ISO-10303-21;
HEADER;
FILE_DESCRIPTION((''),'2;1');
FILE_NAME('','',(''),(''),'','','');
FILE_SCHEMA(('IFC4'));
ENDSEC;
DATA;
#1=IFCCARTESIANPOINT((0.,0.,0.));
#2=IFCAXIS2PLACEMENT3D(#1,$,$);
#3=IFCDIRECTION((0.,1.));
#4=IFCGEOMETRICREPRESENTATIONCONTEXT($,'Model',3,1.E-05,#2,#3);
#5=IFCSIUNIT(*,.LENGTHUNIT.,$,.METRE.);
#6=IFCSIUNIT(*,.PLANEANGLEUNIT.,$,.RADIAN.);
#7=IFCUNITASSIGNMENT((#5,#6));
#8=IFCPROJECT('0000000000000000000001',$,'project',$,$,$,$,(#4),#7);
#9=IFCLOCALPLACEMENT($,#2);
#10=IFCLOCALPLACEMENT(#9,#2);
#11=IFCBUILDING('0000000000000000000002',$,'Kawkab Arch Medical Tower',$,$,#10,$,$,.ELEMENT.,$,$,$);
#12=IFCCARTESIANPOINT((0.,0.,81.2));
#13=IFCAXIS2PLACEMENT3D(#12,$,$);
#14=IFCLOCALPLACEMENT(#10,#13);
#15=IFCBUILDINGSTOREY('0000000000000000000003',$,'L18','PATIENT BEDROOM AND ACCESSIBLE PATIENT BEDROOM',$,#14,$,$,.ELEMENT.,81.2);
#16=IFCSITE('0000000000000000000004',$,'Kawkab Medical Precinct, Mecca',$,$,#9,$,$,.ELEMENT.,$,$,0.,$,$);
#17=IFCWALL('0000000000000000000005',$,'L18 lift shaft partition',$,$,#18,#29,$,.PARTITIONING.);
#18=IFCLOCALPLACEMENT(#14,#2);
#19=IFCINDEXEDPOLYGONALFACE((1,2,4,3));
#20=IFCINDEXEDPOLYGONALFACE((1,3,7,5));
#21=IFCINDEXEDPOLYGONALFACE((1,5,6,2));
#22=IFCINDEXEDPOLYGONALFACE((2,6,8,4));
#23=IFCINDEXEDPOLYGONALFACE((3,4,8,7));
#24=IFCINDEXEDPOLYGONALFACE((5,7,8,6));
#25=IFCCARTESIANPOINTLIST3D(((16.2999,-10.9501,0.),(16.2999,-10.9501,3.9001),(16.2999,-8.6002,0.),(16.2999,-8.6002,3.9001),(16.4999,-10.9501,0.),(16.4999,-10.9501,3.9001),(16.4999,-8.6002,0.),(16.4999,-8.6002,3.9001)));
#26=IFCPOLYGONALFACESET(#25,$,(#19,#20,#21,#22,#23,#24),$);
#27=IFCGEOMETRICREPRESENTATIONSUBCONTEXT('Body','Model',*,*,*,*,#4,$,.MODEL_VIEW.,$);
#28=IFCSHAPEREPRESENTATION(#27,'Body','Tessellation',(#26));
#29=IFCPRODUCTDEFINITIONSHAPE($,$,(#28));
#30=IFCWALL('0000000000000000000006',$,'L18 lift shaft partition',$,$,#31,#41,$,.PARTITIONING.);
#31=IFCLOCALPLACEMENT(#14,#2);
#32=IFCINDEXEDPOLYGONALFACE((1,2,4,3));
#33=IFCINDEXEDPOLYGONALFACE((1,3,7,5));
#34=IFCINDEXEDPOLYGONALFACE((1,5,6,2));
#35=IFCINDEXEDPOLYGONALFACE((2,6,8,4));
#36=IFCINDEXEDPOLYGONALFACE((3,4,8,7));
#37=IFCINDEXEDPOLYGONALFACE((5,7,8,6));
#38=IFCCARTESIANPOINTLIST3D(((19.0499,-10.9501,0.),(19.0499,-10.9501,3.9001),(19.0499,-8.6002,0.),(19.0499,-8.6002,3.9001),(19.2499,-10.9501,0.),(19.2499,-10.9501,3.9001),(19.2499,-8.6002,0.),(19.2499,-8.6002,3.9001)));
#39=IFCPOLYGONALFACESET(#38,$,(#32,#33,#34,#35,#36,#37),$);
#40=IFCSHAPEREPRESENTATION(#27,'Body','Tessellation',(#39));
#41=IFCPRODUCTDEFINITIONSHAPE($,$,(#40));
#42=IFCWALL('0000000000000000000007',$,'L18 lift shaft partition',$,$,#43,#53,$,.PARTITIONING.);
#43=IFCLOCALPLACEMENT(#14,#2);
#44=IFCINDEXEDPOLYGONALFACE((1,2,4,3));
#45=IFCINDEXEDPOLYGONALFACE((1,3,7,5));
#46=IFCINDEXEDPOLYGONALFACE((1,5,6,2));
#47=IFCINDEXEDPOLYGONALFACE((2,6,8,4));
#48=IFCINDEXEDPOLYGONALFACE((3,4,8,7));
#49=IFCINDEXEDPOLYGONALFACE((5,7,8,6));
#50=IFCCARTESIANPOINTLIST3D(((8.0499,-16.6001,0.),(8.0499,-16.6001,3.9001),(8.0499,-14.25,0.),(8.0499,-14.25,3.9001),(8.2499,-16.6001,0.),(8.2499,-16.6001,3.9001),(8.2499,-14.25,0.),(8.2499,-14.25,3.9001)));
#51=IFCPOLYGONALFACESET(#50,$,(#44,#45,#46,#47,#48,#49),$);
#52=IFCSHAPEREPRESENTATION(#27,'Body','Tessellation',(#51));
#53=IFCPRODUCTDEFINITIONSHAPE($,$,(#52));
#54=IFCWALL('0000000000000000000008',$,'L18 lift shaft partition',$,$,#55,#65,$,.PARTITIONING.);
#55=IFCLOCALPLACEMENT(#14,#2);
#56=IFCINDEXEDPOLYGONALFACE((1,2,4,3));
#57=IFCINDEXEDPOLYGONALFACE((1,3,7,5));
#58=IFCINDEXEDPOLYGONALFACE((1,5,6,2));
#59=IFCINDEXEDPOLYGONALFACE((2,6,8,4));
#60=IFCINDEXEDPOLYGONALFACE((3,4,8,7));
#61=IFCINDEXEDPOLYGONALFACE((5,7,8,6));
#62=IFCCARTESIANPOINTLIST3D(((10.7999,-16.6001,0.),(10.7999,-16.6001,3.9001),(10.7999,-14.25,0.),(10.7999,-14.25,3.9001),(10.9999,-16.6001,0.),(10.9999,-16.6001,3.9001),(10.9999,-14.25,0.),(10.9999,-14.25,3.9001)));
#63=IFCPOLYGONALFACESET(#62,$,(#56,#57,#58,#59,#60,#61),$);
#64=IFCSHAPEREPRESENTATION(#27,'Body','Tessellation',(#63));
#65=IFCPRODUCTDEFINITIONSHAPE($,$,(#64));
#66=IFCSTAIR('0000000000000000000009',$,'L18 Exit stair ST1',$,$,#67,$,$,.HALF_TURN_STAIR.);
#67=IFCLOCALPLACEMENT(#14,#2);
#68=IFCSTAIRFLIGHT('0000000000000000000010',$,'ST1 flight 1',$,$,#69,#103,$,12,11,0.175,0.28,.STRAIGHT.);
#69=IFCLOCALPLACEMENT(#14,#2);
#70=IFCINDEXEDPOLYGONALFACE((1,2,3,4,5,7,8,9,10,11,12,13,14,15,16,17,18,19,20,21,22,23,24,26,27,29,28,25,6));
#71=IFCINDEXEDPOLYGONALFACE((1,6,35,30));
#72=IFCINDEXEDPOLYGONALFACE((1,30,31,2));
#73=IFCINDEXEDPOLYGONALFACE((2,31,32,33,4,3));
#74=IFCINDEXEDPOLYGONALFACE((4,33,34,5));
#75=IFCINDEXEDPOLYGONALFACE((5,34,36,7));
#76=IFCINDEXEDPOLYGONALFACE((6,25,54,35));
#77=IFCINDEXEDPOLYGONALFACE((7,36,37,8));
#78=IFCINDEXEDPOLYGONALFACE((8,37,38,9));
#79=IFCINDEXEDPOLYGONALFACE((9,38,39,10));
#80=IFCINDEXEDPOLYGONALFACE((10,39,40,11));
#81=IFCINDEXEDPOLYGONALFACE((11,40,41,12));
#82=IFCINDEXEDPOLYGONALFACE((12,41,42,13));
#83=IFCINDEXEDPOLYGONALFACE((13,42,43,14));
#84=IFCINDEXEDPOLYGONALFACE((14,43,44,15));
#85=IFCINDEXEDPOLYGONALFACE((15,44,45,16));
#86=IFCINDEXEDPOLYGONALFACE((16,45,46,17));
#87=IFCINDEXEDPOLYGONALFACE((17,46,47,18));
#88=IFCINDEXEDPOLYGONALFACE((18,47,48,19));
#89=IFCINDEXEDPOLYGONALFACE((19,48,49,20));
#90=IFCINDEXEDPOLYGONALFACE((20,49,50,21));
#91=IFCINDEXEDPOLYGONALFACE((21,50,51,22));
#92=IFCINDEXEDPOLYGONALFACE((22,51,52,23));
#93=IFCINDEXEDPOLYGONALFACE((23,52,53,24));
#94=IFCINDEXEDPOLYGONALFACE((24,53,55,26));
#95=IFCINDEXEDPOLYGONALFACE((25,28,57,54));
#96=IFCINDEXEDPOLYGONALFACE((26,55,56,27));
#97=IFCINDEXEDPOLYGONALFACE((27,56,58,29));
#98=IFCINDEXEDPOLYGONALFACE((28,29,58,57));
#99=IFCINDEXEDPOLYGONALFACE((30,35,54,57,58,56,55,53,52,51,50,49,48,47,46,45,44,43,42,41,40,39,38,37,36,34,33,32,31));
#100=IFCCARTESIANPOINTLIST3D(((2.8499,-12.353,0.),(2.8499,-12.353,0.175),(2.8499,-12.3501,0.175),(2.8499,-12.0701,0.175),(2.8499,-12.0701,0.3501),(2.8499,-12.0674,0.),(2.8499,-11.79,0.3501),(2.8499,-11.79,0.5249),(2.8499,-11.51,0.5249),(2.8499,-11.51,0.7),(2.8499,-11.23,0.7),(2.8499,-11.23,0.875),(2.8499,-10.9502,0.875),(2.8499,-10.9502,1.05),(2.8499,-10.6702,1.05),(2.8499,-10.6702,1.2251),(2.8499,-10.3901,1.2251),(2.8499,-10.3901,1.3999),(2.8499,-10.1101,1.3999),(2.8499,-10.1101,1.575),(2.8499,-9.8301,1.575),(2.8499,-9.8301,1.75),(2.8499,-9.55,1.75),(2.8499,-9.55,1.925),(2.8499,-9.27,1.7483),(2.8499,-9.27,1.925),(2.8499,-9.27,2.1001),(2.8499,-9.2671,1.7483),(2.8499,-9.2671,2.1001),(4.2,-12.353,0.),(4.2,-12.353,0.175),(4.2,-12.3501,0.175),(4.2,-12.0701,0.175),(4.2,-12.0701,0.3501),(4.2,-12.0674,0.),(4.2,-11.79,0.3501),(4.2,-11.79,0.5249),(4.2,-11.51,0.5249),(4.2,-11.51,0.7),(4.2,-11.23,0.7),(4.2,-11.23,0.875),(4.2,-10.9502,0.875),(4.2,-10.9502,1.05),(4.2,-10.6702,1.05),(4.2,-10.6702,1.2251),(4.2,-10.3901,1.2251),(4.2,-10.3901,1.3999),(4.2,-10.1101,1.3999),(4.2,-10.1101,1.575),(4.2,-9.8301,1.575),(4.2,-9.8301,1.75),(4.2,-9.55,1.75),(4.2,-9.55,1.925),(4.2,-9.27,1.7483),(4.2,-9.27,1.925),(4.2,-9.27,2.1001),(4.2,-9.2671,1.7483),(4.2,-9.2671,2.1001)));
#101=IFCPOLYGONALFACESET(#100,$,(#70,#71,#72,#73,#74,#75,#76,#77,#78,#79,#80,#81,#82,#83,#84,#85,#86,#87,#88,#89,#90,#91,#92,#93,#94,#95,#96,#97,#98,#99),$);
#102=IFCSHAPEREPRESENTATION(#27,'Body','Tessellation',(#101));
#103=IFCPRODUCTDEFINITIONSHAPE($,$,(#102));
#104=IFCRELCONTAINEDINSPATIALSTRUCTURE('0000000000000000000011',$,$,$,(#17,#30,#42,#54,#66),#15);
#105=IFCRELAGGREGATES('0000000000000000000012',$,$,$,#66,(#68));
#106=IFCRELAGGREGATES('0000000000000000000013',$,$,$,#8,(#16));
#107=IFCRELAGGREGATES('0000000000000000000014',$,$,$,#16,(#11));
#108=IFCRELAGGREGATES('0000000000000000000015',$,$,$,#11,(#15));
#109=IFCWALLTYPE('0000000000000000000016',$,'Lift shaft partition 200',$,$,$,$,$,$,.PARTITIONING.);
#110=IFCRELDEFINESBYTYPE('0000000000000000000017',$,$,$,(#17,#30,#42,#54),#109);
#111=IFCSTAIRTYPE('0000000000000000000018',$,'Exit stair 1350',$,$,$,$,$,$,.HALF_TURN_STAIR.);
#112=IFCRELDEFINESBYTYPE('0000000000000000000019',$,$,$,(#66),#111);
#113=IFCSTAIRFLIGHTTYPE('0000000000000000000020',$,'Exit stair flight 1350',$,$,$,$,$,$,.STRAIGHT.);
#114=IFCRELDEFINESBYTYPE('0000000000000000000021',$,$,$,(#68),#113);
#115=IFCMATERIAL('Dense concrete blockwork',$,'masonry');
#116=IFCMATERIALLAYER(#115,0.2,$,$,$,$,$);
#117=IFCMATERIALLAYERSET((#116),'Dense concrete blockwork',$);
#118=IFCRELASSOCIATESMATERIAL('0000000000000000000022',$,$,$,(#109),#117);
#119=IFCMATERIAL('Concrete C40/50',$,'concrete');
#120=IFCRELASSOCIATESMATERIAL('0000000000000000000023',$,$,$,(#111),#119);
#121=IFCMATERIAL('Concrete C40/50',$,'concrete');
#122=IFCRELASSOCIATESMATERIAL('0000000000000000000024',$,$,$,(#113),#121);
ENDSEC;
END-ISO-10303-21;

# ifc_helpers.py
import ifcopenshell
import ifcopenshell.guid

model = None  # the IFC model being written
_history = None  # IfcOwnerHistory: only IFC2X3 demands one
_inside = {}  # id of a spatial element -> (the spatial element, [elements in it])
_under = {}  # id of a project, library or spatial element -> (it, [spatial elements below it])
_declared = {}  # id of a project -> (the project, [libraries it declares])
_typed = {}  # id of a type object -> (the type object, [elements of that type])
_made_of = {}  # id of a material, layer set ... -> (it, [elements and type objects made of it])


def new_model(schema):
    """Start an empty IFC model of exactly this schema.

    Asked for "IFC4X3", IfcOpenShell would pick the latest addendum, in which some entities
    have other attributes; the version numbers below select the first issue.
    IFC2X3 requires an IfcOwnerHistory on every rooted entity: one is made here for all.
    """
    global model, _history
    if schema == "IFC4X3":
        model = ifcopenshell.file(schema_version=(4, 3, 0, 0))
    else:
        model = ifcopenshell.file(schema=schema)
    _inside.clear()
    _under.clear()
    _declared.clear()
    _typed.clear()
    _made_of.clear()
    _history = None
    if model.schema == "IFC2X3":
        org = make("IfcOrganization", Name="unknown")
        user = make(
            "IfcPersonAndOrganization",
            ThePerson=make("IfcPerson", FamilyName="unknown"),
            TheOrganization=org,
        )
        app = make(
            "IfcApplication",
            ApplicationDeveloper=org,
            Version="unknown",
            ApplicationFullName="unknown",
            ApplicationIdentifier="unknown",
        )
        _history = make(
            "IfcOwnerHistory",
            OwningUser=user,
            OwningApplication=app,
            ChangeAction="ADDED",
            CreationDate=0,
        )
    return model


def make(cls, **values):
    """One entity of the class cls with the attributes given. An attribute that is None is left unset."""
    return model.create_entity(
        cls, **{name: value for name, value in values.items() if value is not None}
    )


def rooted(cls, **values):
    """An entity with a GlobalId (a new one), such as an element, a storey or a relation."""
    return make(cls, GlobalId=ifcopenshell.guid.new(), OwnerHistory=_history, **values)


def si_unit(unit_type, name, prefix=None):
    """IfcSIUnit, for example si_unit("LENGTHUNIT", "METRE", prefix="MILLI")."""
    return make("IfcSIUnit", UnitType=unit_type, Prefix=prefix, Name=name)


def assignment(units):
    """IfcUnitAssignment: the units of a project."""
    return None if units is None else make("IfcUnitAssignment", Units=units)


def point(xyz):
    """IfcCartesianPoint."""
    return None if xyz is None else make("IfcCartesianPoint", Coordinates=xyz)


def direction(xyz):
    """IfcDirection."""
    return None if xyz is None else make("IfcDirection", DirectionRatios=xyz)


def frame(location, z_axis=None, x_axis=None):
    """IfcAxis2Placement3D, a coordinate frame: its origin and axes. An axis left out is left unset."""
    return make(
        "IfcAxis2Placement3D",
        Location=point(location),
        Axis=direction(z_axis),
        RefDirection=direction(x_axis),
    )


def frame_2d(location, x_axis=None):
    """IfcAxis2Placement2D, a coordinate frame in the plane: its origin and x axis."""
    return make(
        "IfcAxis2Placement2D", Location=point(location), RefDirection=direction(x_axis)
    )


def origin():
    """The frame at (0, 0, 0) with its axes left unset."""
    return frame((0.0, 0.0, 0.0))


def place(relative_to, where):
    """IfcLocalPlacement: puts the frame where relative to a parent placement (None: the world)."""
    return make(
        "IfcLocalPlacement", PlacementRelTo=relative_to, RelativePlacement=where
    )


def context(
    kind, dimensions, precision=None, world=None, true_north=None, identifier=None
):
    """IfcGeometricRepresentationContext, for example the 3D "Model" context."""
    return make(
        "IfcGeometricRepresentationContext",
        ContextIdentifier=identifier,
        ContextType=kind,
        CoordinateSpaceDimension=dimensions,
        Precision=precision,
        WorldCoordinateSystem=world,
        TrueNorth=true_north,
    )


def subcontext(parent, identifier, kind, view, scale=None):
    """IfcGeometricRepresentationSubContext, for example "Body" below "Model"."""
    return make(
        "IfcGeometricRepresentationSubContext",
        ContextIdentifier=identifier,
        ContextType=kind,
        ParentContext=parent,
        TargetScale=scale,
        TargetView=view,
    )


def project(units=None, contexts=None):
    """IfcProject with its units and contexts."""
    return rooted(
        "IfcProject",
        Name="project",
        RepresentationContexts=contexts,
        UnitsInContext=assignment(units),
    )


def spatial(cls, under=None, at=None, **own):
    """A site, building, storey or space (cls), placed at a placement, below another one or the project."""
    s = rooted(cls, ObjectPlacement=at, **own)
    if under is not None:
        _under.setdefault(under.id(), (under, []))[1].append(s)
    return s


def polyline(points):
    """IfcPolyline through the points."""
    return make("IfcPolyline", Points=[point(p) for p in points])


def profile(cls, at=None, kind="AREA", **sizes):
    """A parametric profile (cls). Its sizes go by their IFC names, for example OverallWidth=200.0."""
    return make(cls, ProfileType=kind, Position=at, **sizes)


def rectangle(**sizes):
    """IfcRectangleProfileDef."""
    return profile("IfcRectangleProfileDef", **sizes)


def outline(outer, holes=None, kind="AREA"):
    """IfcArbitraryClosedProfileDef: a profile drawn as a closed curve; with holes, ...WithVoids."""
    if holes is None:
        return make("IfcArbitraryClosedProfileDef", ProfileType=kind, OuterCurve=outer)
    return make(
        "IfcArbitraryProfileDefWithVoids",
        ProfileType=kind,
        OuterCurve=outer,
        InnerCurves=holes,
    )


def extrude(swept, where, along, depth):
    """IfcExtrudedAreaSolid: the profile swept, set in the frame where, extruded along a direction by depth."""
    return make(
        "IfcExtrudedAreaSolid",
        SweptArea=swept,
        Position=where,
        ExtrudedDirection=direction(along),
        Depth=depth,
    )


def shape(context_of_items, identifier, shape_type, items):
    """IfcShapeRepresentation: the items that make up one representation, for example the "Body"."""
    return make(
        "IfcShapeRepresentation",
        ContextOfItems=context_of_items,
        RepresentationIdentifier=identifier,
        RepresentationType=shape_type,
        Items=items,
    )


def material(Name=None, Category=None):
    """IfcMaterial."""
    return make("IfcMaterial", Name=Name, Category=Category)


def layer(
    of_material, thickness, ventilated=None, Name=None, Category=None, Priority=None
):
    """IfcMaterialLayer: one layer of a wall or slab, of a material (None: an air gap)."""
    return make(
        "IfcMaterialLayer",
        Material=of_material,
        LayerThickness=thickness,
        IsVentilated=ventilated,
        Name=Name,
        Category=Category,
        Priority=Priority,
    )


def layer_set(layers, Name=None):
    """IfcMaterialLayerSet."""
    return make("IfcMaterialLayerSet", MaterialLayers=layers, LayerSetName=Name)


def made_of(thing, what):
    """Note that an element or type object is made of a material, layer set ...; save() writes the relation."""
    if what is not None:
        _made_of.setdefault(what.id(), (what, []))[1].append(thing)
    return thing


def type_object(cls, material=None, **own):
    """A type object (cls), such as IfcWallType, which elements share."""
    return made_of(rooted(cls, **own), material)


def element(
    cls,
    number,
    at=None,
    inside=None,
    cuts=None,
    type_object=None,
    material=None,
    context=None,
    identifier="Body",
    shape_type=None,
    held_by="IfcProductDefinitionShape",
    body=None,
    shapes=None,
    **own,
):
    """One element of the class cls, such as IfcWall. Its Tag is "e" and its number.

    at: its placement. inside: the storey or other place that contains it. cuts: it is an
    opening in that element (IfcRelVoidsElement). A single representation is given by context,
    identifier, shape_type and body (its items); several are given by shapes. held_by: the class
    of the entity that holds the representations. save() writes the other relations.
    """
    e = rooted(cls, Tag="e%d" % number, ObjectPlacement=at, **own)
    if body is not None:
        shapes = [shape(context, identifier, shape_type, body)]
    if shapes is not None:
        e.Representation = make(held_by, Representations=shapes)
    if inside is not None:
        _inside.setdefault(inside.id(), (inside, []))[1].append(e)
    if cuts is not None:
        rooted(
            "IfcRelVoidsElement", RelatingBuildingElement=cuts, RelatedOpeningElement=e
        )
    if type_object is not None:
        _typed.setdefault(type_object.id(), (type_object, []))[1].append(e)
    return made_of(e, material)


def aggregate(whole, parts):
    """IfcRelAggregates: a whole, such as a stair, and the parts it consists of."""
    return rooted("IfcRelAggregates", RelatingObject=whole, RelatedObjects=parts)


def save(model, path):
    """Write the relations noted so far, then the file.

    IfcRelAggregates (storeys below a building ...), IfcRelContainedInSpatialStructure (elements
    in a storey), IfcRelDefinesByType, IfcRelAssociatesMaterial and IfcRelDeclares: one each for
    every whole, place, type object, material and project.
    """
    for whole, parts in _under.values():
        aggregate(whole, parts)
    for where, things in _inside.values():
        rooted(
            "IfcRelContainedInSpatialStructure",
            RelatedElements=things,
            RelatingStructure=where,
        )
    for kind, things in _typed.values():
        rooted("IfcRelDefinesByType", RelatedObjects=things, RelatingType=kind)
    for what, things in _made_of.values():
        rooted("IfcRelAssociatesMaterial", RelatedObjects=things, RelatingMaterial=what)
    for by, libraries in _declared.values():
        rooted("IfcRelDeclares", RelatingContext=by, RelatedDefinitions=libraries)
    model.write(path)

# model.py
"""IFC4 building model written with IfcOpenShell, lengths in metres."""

from ifc_helpers import new_model, si_unit, direction, frame, frame_2d, origin, place, context, subcontext, project, spatial, polyline, rectangle, outline, extrude, material, layer, layer_set, type_object, element, aggregate, save


model = new_model("IFC4")

# Units and contexts
model_context = context("Model", 3, precision=1e-05, world=origin(), true_north=direction((0.0, 1.0)))
body_context = subcontext(model_context, "Body", "Model", "MODEL_VIEW")
ifc_project = project(units=[si_unit("LENGTHUNIT", "METRE"), si_unit("PLANEANGLEUNIT", "RADIAN")], contexts=[model_context])

# Site, building, storey
site_placement = place(None, origin())
site = spatial("IfcSite", under=ifc_project, at=site_placement, Name="Kawkab Medical Precinct, Mecca", CompositionType="ELEMENT", RefElevation=0.0)
building_placement = place(site_placement, origin())
building = spatial("IfcBuilding", under=site, at=building_placement, Name="Kawkab Arch Medical Tower", CompositionType="ELEMENT")
storey_placement = place(building_placement, frame((0.0, 0.0, 81.2)))
storey = spatial("IfcBuildingStorey", under=building, at=storey_placement, Name="L18", Description="PATIENT BEDROOM AND ACCESSIBLE PATIENT BEDROOM", CompositionType="ELEMENT", Elevation=81.2)

# Walls
ifc_material_1 = material(Name="Dense concrete blockwork", Category="masonry")
ifc_layer_1 = layer(ifc_material_1, 0.2)
ifc_layer_set_1 = layer_set([ifc_layer_1], Name="Dense concrete blockwork")
wall_type_1 = type_object("IfcWallType", Name="Lift shaft partition 200", PredefinedType="PARTITIONING", material=ifc_layer_set_1)
for number, where, z_axis, x_axis, name in (
    (1, (16.3999, -10.95, 0.0), (0.0, 0.0, 1.0), (0.0, 1.0, 0.0), "L18 lift shaft partition"),
    (2, (19.1499, -10.95, 0.0), (0.0, 0.0, 1.0), (0.0, 1.0, 0.0), "L18 lift shaft partition"),
):
    element("IfcWall", number, at=place(storey_placement, frame(where, z_axis=z_axis, x_axis=x_axis)), inside=storey, type_object=wall_type_1, Name=name, PredefinedType="PARTITIONING", context=body_context, shape_type="SweptSolid", body=[
        extrude(rectangle(XDim=2.3499, YDim=0.2, at=frame_2d((1.1748, 0.0))), origin(), (0.0, 0.0, 1.0), 3.9001),
    ])
for number, where, z_axis, x_axis, name in (
    (3, (8.1499, -16.6001, 0.0), (0.0, 0.0, 1.0), (0.0, 1.0, 0.0), "L18 lift shaft partition"),
    (4, (10.8999, -16.6001, 0.0), (0.0, 0.0, 1.0), (0.0, 1.0, 0.0), "L18 lift shaft partition"),
):
    element("IfcWall", number, at=place(storey_placement, frame(where, z_axis=z_axis, x_axis=x_axis)), inside=storey, type_object=wall_type_1, Name=name, PredefinedType="PARTITIONING", context=body_context, shape_type="SweptSolid", body=[
        extrude(rectangle(XDim=2.3501, YDim=0.2, at=frame_2d((1.175, 0.0))), origin(), (0.0, 0.0, 1.0), 3.9001),
    ])

# Stair, stair flight
ifc_material_2 = material(Name="Concrete C40/50", Category="concrete")
stair_type = type_object("IfcStairType", Name="Exit stair 1350", PredefinedType="HALF_TURN_STAIR", material=ifc_material_2)
stair_placement = place(storey_placement, origin())
stair = element("IfcStair", 5, at=stair_placement, inside=storey, type_object=stair_type, Name="L18 Exit stair ST1", PredefinedType="HALF_TURN_STAIR")
ifc_material_3 = material(Name="Concrete C40/50", Category="concrete")
stair_flight_type = type_object("IfcStairFlightType", Name="Exit stair flight 1350", PredefinedType="STRAIGHT", material=ifc_material_3)
stair_flight_placement = place(storey_placement, frame((3.5249, -12.3501, 0.0), z_axis=(0.0, 0.0, 1.0), x_axis=(0.0, 1.0, 0.0)))
stair_flight = element("IfcStairFlight", 6, at=stair_flight_placement, type_object=stair_flight_type, Name="ST1 flight 1", NumberOfRisers=12, NumberOfTreads=11, PredefinedType="STRAIGHT", RiserHeight=0.175, TreadLength=0.28, context=body_context, shape_type="SweptSolid", body=[
    extrude(outline(polyline([(-0.0029, 0.0), (-0.0029, 0.175), (0.0, 0.175), (0.28, 0.175), (0.28, 0.3501), (0.5601, 0.3501), (0.5601, 0.5249), (0.8401, 0.5249), (0.8401, 0.7), (1.1201, 0.7), (1.1201, 0.875), (1.3999, 0.875), (1.3999, 1.05), (1.6799, 1.05), (1.6799, 1.2251), (1.96, 1.2251), (1.96, 1.3999), (2.24, 1.3999), (2.24, 1.575), (2.52, 1.575), (2.52, 1.75), (2.8, 1.75), (2.8, 1.925), (3.0801, 1.925), (3.0801, 2.1001), (3.083, 2.1001), (3.083, 1.7483), (3.0801, 1.7483), (0.2827, 0.0), (-0.0029, 0.0)])), frame((0.0, 0.675, 0.0), z_axis=(0.0, -1.0, 0.0), x_axis=(1.0, 0.0, 0.0)), (0.0, 0.0, 1.0), 1.3501),
])
aggregate(stair, [stair_flight])

save(model, "model.ifc")
